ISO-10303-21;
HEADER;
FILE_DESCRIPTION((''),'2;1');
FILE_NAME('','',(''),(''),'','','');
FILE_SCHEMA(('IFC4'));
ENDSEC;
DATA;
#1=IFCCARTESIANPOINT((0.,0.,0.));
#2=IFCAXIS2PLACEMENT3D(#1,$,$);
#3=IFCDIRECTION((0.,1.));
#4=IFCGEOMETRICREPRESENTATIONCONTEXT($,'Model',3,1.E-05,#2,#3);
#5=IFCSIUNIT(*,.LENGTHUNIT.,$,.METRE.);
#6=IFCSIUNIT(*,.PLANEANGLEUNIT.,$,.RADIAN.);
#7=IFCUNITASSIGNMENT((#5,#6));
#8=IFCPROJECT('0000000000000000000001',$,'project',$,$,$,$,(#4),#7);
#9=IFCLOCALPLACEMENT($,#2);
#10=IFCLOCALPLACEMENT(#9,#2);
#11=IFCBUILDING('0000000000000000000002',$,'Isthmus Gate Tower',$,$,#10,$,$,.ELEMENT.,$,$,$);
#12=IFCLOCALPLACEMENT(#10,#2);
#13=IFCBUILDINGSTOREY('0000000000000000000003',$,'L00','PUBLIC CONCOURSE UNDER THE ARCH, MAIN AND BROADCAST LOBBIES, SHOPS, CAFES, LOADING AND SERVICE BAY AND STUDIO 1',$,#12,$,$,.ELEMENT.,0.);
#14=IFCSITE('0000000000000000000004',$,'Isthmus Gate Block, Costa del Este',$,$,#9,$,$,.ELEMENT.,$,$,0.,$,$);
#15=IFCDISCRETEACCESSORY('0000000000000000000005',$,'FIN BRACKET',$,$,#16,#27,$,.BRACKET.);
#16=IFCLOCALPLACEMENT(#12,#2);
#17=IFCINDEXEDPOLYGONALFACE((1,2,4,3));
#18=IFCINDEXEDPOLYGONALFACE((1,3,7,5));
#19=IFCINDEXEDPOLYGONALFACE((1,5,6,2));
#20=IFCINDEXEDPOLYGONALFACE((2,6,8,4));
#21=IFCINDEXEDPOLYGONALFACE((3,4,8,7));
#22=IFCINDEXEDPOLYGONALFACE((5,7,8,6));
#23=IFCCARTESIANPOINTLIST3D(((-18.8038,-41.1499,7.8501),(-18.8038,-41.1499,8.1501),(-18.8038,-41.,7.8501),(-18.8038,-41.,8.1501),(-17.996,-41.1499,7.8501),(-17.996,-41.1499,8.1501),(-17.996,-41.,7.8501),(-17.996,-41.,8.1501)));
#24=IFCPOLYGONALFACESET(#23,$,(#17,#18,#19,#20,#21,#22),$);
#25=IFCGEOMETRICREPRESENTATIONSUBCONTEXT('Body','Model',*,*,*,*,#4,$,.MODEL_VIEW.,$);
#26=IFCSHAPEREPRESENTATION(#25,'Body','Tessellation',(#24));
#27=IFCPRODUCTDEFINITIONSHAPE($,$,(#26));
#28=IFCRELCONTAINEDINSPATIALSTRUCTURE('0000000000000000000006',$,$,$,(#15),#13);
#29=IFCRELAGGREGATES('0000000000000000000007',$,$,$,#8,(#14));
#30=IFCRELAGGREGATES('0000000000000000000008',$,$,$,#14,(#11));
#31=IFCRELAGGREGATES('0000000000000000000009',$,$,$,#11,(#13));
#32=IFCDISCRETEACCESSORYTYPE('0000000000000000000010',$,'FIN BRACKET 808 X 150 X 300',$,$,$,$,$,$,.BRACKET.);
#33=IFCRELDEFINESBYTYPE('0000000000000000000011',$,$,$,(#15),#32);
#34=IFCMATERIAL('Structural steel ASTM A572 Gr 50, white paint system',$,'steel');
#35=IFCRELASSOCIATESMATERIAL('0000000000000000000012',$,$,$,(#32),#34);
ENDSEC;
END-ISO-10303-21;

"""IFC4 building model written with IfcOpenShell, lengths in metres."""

from ifc_helpers import new_model, si_unit, direction, frame, origin, origin_2d, place, context, subcontext, project, spatial, rectangle, extrude, material, type_object, element, save


model = new_model("IFC4")

# Units and contexts
model_context = context("Model", 3, precision=1e-05, world=origin(), true_north=direction((0.0, 1.0)))
body_context = subcontext(model_context, "Body", "Model", "MODEL_VIEW")
ifc_project = project(units=[si_unit("LENGTHUNIT", "METRE"), si_unit("PLANEANGLEUNIT", "RADIAN")], contexts=[model_context])

# Site, building, storey
site_placement = place(None, origin())
site = spatial("IfcSite", under=ifc_project, at=site_placement, Name="Isthmus Gate Block, Costa del Este", CompositionType="ELEMENT", RefElevation=0.0)
building_placement = place(site_placement, origin())
building = spatial("IfcBuilding", under=site, at=building_placement, Name="Isthmus Gate Tower", CompositionType="ELEMENT")
storey_placement = place(building_placement, origin())
storey = spatial("IfcBuildingStorey", under=building, at=storey_placement, Name="L00", Description="PUBLIC CONCOURSE UNDER THE ARCH, MAIN AND BROADCAST LOBBIES, SHOPS, CAFES, LOADING AND SERVICE BAY AND STUDIO 1", CompositionType="ELEMENT", Elevation=0.0)

# Discrete accessory
ifc_material_1 = material(Name="Structural steel ASTM A572 Gr 50, white paint system", Category="steel")
discrete_accessory_type = type_object("IfcDiscreteAccessoryType", Name="FIN BRACKET 808 X 150 X 300", PredefinedType="BRACKET", material=ifc_material_1)
for number, where, z_axis, x_axis, name in (
    (1, (-18.3999, -41.075, 7.8501), (0.0, 0.0, 1.0), (0.0, -1.0, 0.0), "FIN BRACKET"),
):
    element("IfcDiscreteAccessory", number, at=place(storey_placement, frame(where, z_axis=z_axis, x_axis=x_axis)), inside=storey, type_object=discrete_accessory_type, Name=name, PredefinedType="BRACKET", context=body_context, shape_type="SweptSolid", body=[
        extrude(rectangle(XDim=0.1499, YDim=0.8079, at=origin_2d()), origin(), (0.0, 0.0, 1.0), 0.3),
    ])

save(model, "model.ifc")
